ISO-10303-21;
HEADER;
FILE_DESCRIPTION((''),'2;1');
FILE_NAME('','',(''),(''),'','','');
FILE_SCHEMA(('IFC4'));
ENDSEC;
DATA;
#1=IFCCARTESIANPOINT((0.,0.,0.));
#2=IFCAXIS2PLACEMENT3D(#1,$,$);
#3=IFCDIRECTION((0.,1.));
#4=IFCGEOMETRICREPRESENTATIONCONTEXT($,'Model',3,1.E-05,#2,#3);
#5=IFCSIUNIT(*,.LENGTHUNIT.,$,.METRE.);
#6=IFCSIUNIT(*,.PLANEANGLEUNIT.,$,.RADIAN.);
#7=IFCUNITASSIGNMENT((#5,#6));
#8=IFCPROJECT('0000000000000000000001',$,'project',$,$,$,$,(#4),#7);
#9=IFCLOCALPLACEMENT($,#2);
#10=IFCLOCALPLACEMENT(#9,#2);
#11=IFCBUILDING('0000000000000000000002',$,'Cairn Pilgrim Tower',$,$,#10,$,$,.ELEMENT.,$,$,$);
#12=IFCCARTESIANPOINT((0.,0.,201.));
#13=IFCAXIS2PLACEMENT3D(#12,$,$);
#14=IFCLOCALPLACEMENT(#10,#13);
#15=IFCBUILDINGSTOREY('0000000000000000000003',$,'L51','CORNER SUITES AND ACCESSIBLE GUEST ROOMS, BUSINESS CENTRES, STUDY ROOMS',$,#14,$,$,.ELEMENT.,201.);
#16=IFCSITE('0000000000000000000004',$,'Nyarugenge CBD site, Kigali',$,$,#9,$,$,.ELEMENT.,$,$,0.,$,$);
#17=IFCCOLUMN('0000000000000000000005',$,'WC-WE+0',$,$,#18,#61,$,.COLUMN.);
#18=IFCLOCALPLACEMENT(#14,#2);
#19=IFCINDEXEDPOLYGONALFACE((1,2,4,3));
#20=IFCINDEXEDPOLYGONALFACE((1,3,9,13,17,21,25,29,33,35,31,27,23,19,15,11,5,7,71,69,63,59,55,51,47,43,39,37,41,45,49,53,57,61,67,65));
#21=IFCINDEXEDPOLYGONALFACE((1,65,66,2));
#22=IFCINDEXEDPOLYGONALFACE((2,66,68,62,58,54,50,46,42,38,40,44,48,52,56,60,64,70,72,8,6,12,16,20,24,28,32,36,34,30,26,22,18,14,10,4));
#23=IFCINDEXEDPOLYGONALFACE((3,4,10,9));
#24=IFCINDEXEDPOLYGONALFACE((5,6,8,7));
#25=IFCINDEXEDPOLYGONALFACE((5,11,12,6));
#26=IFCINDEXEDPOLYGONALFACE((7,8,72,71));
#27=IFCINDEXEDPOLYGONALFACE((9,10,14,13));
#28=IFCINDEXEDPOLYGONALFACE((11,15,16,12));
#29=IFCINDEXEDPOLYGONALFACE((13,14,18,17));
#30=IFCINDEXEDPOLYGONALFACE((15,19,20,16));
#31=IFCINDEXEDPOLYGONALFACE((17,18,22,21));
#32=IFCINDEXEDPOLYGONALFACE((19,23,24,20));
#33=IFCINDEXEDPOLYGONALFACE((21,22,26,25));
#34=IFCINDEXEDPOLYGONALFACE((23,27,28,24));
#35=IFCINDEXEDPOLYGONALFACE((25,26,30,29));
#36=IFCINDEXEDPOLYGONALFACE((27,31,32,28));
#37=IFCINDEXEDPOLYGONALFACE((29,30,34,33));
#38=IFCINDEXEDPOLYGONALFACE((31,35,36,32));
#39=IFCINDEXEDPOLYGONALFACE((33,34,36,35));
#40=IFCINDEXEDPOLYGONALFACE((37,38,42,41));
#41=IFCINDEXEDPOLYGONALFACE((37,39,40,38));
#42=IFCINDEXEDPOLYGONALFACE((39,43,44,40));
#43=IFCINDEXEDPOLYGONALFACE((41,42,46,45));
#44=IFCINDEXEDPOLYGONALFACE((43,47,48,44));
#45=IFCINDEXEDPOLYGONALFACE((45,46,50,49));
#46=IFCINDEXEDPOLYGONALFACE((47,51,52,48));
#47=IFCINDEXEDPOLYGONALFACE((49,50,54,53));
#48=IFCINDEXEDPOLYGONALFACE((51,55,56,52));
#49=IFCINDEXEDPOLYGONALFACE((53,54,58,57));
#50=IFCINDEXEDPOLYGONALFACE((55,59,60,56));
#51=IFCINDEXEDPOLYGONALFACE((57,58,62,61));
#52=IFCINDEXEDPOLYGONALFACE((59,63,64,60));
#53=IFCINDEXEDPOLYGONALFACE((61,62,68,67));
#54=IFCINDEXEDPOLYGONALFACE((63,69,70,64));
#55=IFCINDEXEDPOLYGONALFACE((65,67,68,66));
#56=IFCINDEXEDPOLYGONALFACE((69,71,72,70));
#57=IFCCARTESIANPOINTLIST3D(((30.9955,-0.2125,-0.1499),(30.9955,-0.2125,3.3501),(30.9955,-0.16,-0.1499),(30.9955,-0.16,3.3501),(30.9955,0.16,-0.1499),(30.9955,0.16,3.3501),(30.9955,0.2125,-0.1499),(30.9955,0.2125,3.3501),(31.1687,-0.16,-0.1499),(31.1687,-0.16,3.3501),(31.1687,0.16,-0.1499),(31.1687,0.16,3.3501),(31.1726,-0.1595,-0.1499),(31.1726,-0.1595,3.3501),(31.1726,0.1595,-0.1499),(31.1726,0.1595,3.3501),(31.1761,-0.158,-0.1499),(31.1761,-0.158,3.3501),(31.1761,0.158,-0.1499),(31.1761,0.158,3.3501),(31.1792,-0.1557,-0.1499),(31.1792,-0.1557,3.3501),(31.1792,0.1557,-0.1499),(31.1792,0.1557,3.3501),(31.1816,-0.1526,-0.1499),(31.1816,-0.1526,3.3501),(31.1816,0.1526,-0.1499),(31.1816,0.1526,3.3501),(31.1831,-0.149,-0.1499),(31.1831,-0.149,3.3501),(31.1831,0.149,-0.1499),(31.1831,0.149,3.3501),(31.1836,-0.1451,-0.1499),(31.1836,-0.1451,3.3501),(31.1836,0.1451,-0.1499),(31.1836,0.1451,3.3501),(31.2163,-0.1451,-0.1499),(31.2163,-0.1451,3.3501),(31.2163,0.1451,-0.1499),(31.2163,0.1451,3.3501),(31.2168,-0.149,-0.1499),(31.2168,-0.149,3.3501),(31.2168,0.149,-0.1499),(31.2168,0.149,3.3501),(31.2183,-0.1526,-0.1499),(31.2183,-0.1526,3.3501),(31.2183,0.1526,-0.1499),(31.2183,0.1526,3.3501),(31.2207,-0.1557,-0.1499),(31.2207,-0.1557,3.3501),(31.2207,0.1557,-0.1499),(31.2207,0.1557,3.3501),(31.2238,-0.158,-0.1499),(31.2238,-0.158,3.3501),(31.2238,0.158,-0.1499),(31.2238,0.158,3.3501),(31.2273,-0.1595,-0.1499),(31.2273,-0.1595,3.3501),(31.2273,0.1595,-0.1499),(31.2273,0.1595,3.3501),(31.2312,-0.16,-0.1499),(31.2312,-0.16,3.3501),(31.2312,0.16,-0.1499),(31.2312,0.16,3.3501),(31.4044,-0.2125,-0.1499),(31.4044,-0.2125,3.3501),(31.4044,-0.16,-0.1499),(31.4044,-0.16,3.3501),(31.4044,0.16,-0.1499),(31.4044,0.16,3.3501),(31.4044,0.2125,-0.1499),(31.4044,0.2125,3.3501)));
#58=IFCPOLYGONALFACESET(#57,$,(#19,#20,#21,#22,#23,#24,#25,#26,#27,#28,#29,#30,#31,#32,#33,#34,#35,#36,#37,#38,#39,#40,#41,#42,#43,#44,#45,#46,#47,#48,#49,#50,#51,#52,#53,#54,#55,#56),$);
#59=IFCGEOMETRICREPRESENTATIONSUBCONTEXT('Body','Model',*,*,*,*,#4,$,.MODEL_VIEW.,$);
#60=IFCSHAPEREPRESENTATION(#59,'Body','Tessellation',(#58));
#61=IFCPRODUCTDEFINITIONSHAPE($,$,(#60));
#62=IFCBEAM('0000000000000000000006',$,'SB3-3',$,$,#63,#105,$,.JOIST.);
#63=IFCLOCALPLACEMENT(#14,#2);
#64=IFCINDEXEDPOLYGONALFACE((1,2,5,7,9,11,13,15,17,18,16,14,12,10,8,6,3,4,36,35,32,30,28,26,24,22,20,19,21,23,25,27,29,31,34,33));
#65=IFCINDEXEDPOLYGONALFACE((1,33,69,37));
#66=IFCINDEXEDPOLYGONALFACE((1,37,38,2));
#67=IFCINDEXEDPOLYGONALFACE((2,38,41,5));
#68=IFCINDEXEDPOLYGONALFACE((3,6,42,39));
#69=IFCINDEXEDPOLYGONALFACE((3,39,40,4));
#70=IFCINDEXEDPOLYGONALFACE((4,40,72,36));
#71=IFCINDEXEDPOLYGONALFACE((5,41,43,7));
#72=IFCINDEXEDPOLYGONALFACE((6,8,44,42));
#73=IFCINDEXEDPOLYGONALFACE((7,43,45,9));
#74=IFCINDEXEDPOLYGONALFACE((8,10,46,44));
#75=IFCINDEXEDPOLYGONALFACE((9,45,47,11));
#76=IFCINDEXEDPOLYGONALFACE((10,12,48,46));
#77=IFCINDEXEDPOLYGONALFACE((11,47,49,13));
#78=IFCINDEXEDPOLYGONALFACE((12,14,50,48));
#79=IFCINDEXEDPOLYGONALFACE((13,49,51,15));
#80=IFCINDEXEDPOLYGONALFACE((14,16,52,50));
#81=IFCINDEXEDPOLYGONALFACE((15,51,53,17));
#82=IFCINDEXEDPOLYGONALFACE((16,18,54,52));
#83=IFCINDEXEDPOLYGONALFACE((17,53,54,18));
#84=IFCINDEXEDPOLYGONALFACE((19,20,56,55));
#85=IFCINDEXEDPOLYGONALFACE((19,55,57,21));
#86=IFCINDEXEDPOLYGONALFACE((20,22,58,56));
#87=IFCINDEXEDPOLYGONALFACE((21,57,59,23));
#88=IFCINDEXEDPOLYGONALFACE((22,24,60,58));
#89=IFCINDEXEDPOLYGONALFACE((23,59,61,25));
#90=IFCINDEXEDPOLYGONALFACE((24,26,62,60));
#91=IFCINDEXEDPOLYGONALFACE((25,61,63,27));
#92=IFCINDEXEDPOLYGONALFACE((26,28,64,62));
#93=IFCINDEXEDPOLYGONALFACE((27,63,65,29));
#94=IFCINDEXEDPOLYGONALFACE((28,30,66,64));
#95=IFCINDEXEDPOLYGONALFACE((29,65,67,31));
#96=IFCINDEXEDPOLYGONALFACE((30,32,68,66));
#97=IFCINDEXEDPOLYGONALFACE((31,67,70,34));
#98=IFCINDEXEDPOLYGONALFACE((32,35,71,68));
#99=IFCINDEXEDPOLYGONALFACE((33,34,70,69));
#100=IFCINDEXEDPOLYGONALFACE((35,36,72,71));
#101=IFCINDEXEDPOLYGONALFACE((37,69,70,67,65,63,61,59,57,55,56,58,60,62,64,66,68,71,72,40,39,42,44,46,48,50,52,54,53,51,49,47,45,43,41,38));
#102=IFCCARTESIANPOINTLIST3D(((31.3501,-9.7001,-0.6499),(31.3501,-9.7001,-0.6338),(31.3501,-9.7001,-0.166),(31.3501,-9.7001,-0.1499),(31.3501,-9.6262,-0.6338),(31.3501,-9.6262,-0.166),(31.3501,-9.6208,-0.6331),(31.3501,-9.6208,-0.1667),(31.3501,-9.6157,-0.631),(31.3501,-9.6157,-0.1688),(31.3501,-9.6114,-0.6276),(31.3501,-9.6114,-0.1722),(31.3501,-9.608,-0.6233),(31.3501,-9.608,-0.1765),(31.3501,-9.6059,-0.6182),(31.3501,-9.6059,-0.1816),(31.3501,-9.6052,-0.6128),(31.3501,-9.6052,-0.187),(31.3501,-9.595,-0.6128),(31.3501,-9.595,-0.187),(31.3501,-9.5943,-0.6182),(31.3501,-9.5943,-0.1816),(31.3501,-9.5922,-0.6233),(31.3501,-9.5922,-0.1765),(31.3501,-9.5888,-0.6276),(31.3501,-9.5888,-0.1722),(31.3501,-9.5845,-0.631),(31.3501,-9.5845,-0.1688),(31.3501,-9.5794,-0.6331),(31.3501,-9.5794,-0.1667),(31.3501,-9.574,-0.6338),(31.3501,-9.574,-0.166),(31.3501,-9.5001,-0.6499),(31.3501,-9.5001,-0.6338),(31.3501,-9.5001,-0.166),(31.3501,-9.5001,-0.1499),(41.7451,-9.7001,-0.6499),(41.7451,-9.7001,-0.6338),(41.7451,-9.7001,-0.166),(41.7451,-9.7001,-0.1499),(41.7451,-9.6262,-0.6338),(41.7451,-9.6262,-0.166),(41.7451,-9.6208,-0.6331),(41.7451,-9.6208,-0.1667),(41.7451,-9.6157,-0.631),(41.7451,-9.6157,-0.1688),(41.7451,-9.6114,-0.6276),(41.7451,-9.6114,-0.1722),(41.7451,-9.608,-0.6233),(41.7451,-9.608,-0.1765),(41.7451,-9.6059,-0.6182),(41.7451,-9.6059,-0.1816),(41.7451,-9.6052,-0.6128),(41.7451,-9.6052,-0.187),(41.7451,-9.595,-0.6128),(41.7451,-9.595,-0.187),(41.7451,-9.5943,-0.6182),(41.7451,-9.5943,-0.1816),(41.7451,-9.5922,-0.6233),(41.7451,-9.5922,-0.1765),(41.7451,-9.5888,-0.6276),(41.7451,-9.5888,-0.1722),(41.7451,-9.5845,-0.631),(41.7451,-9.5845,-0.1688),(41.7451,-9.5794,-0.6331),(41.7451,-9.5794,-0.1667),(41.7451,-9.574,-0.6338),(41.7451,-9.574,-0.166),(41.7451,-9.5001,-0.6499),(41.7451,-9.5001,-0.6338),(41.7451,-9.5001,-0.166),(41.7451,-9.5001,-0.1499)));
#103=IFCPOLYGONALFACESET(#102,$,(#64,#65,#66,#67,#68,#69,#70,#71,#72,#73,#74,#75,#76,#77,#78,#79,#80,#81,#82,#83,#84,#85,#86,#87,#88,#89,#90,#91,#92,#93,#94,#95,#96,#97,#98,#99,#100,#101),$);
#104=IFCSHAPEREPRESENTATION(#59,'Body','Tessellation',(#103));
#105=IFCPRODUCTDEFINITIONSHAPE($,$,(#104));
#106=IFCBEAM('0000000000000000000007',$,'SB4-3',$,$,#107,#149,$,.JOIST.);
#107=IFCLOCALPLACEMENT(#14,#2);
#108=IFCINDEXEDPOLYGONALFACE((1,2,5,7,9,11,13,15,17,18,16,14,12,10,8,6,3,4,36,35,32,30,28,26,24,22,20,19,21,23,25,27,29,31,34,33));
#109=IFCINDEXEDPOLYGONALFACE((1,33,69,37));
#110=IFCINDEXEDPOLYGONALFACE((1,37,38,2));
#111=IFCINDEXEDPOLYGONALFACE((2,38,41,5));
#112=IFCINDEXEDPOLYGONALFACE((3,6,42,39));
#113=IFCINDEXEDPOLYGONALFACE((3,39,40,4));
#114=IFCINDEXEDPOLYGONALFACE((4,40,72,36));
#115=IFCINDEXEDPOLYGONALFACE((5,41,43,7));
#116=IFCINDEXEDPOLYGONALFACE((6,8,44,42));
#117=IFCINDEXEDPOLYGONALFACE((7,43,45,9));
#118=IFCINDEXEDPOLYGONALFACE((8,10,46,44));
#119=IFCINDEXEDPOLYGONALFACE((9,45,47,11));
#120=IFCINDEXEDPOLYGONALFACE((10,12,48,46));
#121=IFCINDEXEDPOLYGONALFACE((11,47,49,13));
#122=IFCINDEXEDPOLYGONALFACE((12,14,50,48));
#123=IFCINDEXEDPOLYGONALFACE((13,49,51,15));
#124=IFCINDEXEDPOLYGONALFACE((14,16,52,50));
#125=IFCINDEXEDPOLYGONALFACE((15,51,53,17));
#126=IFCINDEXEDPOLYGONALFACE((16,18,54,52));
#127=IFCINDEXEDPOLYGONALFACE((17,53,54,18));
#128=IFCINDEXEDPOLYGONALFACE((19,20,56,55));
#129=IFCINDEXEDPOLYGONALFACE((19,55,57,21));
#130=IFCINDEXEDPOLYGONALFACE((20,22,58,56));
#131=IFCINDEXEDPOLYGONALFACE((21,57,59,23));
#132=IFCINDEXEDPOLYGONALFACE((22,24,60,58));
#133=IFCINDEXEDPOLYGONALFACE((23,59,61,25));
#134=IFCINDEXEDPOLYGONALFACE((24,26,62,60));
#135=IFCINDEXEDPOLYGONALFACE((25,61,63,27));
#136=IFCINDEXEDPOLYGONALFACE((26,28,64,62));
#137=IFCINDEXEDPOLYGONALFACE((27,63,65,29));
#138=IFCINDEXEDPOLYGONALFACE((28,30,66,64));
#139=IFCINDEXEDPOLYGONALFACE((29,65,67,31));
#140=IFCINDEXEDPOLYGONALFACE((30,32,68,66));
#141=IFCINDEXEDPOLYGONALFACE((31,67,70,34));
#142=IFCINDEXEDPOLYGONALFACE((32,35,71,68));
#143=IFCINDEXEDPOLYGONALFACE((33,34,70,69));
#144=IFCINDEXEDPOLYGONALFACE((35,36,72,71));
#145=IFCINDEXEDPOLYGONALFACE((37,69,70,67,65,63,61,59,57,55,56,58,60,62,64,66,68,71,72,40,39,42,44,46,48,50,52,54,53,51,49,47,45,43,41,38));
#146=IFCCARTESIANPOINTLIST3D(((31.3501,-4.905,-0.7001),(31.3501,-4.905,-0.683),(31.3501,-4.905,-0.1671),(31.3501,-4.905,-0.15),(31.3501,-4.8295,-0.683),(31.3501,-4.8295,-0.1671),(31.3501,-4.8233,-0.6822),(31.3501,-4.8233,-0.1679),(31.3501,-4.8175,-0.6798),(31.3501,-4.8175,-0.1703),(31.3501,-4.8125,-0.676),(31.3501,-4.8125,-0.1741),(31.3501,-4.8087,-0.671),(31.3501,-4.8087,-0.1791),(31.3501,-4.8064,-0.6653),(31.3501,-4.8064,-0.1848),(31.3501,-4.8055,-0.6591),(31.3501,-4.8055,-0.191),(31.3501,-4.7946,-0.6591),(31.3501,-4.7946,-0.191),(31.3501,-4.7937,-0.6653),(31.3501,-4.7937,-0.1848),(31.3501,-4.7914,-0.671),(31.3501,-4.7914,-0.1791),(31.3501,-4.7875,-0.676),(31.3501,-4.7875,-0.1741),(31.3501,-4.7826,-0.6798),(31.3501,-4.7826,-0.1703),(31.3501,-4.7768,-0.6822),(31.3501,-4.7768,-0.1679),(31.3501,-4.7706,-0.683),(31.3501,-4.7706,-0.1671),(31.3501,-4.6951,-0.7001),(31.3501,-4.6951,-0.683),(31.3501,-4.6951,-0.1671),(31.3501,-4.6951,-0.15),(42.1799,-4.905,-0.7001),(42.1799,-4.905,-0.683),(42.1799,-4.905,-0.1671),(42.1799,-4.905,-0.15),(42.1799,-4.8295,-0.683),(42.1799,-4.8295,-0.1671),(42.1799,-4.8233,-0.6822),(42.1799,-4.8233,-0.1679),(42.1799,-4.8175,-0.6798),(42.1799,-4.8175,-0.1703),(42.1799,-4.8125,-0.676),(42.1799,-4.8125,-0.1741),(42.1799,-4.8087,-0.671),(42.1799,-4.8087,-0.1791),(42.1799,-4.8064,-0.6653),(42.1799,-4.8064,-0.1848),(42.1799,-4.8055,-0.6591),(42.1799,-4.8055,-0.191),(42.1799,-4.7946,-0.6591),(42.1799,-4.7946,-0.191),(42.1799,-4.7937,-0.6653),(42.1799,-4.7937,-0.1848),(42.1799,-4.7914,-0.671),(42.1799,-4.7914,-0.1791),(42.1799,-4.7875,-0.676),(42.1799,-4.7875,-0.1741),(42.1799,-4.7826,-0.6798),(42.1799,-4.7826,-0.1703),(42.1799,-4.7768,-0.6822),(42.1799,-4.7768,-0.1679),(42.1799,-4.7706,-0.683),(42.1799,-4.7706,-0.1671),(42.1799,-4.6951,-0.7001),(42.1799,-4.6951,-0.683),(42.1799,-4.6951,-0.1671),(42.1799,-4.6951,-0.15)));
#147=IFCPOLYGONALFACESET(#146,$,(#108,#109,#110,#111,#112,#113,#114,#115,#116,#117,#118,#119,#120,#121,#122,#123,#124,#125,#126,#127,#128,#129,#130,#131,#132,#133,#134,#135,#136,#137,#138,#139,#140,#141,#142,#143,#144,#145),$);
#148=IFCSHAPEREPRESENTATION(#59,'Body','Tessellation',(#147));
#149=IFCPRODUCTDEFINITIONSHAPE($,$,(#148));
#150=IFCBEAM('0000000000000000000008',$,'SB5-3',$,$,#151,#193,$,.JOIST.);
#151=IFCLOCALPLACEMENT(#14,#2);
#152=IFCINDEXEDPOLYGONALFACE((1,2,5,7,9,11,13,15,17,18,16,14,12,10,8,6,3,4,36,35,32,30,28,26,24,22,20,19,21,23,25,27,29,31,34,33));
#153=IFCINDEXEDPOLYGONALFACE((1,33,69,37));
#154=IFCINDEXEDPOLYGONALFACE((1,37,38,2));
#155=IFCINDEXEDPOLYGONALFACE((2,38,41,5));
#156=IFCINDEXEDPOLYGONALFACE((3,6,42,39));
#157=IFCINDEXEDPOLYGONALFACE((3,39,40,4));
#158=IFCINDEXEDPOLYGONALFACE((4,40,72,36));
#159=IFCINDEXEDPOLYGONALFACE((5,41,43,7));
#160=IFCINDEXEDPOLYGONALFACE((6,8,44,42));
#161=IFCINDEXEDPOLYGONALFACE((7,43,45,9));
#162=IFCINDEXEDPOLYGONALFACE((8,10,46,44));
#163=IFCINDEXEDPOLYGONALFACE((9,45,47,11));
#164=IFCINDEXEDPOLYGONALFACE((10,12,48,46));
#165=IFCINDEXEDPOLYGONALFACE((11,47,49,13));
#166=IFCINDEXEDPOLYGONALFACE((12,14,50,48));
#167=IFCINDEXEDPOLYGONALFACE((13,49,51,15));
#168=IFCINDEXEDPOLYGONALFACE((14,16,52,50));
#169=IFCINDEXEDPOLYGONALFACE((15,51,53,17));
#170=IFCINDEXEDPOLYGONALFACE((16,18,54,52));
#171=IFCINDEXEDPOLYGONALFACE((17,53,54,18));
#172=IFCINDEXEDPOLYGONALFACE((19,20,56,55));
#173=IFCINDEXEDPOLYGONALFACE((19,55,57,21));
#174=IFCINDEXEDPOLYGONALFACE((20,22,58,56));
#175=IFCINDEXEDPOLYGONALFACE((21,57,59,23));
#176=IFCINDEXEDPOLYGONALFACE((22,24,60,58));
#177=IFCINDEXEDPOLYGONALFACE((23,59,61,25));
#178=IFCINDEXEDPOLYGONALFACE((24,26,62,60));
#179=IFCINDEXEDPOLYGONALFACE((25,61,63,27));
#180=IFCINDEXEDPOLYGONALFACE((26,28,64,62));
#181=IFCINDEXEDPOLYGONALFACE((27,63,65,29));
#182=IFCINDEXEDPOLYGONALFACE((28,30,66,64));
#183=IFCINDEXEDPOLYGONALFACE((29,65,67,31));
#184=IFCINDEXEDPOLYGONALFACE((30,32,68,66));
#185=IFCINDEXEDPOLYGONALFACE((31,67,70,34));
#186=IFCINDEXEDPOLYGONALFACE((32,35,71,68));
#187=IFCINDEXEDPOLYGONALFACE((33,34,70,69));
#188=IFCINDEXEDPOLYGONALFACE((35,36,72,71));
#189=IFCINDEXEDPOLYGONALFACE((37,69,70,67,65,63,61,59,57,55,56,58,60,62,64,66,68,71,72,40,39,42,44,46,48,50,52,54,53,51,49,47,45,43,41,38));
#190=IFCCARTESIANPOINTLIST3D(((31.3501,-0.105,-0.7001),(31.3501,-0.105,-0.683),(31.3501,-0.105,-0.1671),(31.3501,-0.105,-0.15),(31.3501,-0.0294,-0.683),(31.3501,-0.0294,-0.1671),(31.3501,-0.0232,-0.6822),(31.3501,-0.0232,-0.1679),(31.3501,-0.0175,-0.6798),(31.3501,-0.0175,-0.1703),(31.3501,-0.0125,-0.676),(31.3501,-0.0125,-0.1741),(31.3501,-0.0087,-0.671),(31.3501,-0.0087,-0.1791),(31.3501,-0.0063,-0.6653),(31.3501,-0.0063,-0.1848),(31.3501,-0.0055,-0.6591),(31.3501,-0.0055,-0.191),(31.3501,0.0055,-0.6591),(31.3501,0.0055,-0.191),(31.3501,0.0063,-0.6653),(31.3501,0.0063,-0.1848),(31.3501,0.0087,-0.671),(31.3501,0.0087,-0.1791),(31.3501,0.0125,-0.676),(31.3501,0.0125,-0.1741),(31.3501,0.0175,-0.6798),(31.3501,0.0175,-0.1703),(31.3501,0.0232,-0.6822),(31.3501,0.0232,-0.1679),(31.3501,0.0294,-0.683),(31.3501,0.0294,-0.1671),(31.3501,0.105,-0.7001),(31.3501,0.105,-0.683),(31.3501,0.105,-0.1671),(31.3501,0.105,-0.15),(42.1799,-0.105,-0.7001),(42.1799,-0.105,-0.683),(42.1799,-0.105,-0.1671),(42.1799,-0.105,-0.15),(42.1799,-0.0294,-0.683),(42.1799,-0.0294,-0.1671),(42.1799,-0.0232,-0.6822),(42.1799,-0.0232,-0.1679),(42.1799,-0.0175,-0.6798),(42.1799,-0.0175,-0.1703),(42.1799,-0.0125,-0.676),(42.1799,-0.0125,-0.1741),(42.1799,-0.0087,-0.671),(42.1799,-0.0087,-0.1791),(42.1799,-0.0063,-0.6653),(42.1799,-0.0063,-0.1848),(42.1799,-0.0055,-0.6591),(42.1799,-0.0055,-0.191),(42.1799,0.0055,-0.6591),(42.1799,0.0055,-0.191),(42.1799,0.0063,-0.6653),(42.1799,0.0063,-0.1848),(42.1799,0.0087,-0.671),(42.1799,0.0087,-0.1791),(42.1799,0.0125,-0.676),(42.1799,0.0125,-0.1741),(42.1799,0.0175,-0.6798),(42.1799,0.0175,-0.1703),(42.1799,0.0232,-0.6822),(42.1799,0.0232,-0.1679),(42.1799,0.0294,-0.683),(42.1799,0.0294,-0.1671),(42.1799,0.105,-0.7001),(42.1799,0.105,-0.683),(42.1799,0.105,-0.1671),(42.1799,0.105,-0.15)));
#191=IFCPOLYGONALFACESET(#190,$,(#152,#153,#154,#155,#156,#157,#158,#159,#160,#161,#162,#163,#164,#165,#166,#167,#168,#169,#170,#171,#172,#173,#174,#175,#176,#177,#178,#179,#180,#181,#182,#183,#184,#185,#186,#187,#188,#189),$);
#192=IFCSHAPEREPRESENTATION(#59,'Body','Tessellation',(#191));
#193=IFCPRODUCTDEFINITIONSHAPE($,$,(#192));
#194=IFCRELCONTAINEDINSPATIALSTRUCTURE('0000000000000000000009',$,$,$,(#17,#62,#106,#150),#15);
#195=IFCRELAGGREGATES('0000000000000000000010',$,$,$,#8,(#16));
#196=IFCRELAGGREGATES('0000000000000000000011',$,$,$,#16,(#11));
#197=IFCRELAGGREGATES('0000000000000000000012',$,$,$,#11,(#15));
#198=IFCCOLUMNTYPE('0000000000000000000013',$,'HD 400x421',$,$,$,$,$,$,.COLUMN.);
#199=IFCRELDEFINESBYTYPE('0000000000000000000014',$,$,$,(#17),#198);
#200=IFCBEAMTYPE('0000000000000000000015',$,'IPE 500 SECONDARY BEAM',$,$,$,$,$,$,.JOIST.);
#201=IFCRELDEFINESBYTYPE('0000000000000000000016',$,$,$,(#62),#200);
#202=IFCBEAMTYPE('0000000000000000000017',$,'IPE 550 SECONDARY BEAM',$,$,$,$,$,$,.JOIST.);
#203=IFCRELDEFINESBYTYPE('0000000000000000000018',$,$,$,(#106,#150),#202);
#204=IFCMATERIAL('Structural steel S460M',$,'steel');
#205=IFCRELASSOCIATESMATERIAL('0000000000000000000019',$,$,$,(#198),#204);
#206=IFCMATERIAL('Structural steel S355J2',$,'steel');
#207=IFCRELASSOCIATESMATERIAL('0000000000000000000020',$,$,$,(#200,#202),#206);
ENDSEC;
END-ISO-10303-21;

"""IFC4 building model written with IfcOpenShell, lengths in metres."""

from ifc_helpers import new_model, si_unit, direction, frame, origin, origin_2d, place, context, subcontext, project, spatial, i_section, extrude, material, material_profile, profile_set, type_object, element, save


model = new_model("IFC4")

# Units and contexts
model_context = context("Model", 3, precision=1e-05, world=origin(), true_north=direction((0.0, 1.0)))
body_context = subcontext(model_context, "Body", "Model", "MODEL_VIEW")
ifc_project = project(units=[si_unit("LENGTHUNIT", "METRE"), si_unit("PLANEANGLEUNIT", "RADIAN")], contexts=[model_context])

# Site, building, storey
site_placement = place(None, origin())
site = spatial("IfcSite", under=ifc_project, at=site_placement, Name="Nyarugenge CBD site, Kigali", CompositionType="ELEMENT", RefElevation=0.0)
building_placement = place(site_placement, origin())
building = spatial("IfcBuilding", under=site, at=building_placement, Name="Cairn Pilgrim Tower", CompositionType="ELEMENT")
storey_placement = place(building_placement, frame((0.0, 0.0, 201.0)))
storey = spatial("IfcBuildingStorey", under=building, at=storey_placement, Name="L51", Description="CORNER SUITES AND ACCESSIBLE GUEST ROOMS, BUSINESS CENTRES, STUDY ROOMS", CompositionType="ELEMENT", Elevation=201.0)

# Column
ifc_material_1 = material(Name="Structural steel S460M", Category="steel")
ifc_material_profile_1 = material_profile(ifc_material_1, i_section(OverallWidth=0.4089, OverallDepth=0.425, WebThickness=0.0327, FlangeThickness=0.0525, FilletRadius=0.0149, at=origin_2d()), Name="HD 400x421")
ifc_profile_set_1 = profile_set([ifc_material_profile_1], Name="Structural steel S460M")
column_type = type_object("IfcColumnType", Name="HD 400x421", PredefinedType="COLUMN", material=ifc_profile_set_1)
column_placement = place(storey_placement, frame((31.2, 0.0, -0.1499), z_axis=(0.0, 0.0, 1.0), x_axis=(1.0, 0.0, 0.0)))
element("IfcColumn", 1, at=column_placement, inside=storey, type_object=column_type, Name="WC-WE+0", PredefinedType="COLUMN", context=body_context, shape_type="SweptSolid", body=[
    extrude(i_section(OverallWidth=0.4089, OverallDepth=0.425, WebThickness=0.0327, FlangeThickness=0.0525, FilletRadius=0.0149, at=origin_2d()), origin(), (0.0, 0.0, 1.0), 3.5),
])

# Beams
ifc_material_2 = material(Name="Structural steel S355J2", Category="steel")
ifc_material_profile_2 = material_profile(ifc_material_2, i_section(OverallWidth=0.2, OverallDepth=0.5, WebThickness=0.0103, FlangeThickness=0.0161, FilletRadius=0.021, at=origin_2d()), Name="IPE 500")
ifc_profile_set_2 = profile_set([ifc_material_profile_2], Name="Structural steel S355J2")
beam_type_1 = type_object("IfcBeamType", Name="IPE 500 SECONDARY BEAM", PredefinedType="JOIST", material=ifc_profile_set_2)
beam_placement = place(storey_placement, frame((31.3501, -9.6001, -0.3999), z_axis=(1.0, 0.0, 0.0), x_axis=(0.0, 1.0, 0.0)))
element("IfcBeam", 2, at=beam_placement, inside=storey, type_object=beam_type_1, Name="SB3-3", PredefinedType="JOIST", context=body_context, shape_type="SweptSolid", body=[
    extrude(i_section(OverallWidth=0.2, OverallDepth=0.5, WebThickness=0.0103, FlangeThickness=0.0161, FilletRadius=0.021, at=origin_2d()), origin(), (0.0, 0.0, 1.0), 10.395),
])
ifc_material_profile_3 = material_profile(ifc_material_2, i_section(OverallWidth=0.21, OverallDepth=0.55, WebThickness=0.011, FlangeThickness=0.0171, FilletRadius=0.0239, at=origin_2d()), Name="IPE 550")
ifc_profile_set_3 = profile_set([ifc_material_profile_3], Name="Structural steel S355J2")
beam_type_2 = type_object("IfcBeamType", Name="IPE 550 SECONDARY BEAM", PredefinedType="JOIST", material=ifc_profile_set_3)
for number, where, z_axis, x_axis, name in (
    (3, (31.3501, -4.8, -0.425), (1.0, 0.0, 0.0), (0.0, 1.0, 0.0), "SB4-3"),
    (4, (31.3501, 0.0, -0.425), (1.0, 0.0, 0.0), (0.0, 1.0, 0.0), "SB5-3"),
):
    element("IfcBeam", number, at=place(storey_placement, frame(where, z_axis=z_axis, x_axis=x_axis)), inside=storey, type_object=beam_type_2, Name=name, PredefinedType="JOIST", context=body_context, shape_type="SweptSolid", body=[
        extrude(i_section(OverallWidth=0.21, OverallDepth=0.55, WebThickness=0.011, FlangeThickness=0.0171, FilletRadius=0.0239, at=origin_2d()), origin(), (0.0, 0.0, 1.0), 10.8298),
    ])

save(model, "model.ifc")
